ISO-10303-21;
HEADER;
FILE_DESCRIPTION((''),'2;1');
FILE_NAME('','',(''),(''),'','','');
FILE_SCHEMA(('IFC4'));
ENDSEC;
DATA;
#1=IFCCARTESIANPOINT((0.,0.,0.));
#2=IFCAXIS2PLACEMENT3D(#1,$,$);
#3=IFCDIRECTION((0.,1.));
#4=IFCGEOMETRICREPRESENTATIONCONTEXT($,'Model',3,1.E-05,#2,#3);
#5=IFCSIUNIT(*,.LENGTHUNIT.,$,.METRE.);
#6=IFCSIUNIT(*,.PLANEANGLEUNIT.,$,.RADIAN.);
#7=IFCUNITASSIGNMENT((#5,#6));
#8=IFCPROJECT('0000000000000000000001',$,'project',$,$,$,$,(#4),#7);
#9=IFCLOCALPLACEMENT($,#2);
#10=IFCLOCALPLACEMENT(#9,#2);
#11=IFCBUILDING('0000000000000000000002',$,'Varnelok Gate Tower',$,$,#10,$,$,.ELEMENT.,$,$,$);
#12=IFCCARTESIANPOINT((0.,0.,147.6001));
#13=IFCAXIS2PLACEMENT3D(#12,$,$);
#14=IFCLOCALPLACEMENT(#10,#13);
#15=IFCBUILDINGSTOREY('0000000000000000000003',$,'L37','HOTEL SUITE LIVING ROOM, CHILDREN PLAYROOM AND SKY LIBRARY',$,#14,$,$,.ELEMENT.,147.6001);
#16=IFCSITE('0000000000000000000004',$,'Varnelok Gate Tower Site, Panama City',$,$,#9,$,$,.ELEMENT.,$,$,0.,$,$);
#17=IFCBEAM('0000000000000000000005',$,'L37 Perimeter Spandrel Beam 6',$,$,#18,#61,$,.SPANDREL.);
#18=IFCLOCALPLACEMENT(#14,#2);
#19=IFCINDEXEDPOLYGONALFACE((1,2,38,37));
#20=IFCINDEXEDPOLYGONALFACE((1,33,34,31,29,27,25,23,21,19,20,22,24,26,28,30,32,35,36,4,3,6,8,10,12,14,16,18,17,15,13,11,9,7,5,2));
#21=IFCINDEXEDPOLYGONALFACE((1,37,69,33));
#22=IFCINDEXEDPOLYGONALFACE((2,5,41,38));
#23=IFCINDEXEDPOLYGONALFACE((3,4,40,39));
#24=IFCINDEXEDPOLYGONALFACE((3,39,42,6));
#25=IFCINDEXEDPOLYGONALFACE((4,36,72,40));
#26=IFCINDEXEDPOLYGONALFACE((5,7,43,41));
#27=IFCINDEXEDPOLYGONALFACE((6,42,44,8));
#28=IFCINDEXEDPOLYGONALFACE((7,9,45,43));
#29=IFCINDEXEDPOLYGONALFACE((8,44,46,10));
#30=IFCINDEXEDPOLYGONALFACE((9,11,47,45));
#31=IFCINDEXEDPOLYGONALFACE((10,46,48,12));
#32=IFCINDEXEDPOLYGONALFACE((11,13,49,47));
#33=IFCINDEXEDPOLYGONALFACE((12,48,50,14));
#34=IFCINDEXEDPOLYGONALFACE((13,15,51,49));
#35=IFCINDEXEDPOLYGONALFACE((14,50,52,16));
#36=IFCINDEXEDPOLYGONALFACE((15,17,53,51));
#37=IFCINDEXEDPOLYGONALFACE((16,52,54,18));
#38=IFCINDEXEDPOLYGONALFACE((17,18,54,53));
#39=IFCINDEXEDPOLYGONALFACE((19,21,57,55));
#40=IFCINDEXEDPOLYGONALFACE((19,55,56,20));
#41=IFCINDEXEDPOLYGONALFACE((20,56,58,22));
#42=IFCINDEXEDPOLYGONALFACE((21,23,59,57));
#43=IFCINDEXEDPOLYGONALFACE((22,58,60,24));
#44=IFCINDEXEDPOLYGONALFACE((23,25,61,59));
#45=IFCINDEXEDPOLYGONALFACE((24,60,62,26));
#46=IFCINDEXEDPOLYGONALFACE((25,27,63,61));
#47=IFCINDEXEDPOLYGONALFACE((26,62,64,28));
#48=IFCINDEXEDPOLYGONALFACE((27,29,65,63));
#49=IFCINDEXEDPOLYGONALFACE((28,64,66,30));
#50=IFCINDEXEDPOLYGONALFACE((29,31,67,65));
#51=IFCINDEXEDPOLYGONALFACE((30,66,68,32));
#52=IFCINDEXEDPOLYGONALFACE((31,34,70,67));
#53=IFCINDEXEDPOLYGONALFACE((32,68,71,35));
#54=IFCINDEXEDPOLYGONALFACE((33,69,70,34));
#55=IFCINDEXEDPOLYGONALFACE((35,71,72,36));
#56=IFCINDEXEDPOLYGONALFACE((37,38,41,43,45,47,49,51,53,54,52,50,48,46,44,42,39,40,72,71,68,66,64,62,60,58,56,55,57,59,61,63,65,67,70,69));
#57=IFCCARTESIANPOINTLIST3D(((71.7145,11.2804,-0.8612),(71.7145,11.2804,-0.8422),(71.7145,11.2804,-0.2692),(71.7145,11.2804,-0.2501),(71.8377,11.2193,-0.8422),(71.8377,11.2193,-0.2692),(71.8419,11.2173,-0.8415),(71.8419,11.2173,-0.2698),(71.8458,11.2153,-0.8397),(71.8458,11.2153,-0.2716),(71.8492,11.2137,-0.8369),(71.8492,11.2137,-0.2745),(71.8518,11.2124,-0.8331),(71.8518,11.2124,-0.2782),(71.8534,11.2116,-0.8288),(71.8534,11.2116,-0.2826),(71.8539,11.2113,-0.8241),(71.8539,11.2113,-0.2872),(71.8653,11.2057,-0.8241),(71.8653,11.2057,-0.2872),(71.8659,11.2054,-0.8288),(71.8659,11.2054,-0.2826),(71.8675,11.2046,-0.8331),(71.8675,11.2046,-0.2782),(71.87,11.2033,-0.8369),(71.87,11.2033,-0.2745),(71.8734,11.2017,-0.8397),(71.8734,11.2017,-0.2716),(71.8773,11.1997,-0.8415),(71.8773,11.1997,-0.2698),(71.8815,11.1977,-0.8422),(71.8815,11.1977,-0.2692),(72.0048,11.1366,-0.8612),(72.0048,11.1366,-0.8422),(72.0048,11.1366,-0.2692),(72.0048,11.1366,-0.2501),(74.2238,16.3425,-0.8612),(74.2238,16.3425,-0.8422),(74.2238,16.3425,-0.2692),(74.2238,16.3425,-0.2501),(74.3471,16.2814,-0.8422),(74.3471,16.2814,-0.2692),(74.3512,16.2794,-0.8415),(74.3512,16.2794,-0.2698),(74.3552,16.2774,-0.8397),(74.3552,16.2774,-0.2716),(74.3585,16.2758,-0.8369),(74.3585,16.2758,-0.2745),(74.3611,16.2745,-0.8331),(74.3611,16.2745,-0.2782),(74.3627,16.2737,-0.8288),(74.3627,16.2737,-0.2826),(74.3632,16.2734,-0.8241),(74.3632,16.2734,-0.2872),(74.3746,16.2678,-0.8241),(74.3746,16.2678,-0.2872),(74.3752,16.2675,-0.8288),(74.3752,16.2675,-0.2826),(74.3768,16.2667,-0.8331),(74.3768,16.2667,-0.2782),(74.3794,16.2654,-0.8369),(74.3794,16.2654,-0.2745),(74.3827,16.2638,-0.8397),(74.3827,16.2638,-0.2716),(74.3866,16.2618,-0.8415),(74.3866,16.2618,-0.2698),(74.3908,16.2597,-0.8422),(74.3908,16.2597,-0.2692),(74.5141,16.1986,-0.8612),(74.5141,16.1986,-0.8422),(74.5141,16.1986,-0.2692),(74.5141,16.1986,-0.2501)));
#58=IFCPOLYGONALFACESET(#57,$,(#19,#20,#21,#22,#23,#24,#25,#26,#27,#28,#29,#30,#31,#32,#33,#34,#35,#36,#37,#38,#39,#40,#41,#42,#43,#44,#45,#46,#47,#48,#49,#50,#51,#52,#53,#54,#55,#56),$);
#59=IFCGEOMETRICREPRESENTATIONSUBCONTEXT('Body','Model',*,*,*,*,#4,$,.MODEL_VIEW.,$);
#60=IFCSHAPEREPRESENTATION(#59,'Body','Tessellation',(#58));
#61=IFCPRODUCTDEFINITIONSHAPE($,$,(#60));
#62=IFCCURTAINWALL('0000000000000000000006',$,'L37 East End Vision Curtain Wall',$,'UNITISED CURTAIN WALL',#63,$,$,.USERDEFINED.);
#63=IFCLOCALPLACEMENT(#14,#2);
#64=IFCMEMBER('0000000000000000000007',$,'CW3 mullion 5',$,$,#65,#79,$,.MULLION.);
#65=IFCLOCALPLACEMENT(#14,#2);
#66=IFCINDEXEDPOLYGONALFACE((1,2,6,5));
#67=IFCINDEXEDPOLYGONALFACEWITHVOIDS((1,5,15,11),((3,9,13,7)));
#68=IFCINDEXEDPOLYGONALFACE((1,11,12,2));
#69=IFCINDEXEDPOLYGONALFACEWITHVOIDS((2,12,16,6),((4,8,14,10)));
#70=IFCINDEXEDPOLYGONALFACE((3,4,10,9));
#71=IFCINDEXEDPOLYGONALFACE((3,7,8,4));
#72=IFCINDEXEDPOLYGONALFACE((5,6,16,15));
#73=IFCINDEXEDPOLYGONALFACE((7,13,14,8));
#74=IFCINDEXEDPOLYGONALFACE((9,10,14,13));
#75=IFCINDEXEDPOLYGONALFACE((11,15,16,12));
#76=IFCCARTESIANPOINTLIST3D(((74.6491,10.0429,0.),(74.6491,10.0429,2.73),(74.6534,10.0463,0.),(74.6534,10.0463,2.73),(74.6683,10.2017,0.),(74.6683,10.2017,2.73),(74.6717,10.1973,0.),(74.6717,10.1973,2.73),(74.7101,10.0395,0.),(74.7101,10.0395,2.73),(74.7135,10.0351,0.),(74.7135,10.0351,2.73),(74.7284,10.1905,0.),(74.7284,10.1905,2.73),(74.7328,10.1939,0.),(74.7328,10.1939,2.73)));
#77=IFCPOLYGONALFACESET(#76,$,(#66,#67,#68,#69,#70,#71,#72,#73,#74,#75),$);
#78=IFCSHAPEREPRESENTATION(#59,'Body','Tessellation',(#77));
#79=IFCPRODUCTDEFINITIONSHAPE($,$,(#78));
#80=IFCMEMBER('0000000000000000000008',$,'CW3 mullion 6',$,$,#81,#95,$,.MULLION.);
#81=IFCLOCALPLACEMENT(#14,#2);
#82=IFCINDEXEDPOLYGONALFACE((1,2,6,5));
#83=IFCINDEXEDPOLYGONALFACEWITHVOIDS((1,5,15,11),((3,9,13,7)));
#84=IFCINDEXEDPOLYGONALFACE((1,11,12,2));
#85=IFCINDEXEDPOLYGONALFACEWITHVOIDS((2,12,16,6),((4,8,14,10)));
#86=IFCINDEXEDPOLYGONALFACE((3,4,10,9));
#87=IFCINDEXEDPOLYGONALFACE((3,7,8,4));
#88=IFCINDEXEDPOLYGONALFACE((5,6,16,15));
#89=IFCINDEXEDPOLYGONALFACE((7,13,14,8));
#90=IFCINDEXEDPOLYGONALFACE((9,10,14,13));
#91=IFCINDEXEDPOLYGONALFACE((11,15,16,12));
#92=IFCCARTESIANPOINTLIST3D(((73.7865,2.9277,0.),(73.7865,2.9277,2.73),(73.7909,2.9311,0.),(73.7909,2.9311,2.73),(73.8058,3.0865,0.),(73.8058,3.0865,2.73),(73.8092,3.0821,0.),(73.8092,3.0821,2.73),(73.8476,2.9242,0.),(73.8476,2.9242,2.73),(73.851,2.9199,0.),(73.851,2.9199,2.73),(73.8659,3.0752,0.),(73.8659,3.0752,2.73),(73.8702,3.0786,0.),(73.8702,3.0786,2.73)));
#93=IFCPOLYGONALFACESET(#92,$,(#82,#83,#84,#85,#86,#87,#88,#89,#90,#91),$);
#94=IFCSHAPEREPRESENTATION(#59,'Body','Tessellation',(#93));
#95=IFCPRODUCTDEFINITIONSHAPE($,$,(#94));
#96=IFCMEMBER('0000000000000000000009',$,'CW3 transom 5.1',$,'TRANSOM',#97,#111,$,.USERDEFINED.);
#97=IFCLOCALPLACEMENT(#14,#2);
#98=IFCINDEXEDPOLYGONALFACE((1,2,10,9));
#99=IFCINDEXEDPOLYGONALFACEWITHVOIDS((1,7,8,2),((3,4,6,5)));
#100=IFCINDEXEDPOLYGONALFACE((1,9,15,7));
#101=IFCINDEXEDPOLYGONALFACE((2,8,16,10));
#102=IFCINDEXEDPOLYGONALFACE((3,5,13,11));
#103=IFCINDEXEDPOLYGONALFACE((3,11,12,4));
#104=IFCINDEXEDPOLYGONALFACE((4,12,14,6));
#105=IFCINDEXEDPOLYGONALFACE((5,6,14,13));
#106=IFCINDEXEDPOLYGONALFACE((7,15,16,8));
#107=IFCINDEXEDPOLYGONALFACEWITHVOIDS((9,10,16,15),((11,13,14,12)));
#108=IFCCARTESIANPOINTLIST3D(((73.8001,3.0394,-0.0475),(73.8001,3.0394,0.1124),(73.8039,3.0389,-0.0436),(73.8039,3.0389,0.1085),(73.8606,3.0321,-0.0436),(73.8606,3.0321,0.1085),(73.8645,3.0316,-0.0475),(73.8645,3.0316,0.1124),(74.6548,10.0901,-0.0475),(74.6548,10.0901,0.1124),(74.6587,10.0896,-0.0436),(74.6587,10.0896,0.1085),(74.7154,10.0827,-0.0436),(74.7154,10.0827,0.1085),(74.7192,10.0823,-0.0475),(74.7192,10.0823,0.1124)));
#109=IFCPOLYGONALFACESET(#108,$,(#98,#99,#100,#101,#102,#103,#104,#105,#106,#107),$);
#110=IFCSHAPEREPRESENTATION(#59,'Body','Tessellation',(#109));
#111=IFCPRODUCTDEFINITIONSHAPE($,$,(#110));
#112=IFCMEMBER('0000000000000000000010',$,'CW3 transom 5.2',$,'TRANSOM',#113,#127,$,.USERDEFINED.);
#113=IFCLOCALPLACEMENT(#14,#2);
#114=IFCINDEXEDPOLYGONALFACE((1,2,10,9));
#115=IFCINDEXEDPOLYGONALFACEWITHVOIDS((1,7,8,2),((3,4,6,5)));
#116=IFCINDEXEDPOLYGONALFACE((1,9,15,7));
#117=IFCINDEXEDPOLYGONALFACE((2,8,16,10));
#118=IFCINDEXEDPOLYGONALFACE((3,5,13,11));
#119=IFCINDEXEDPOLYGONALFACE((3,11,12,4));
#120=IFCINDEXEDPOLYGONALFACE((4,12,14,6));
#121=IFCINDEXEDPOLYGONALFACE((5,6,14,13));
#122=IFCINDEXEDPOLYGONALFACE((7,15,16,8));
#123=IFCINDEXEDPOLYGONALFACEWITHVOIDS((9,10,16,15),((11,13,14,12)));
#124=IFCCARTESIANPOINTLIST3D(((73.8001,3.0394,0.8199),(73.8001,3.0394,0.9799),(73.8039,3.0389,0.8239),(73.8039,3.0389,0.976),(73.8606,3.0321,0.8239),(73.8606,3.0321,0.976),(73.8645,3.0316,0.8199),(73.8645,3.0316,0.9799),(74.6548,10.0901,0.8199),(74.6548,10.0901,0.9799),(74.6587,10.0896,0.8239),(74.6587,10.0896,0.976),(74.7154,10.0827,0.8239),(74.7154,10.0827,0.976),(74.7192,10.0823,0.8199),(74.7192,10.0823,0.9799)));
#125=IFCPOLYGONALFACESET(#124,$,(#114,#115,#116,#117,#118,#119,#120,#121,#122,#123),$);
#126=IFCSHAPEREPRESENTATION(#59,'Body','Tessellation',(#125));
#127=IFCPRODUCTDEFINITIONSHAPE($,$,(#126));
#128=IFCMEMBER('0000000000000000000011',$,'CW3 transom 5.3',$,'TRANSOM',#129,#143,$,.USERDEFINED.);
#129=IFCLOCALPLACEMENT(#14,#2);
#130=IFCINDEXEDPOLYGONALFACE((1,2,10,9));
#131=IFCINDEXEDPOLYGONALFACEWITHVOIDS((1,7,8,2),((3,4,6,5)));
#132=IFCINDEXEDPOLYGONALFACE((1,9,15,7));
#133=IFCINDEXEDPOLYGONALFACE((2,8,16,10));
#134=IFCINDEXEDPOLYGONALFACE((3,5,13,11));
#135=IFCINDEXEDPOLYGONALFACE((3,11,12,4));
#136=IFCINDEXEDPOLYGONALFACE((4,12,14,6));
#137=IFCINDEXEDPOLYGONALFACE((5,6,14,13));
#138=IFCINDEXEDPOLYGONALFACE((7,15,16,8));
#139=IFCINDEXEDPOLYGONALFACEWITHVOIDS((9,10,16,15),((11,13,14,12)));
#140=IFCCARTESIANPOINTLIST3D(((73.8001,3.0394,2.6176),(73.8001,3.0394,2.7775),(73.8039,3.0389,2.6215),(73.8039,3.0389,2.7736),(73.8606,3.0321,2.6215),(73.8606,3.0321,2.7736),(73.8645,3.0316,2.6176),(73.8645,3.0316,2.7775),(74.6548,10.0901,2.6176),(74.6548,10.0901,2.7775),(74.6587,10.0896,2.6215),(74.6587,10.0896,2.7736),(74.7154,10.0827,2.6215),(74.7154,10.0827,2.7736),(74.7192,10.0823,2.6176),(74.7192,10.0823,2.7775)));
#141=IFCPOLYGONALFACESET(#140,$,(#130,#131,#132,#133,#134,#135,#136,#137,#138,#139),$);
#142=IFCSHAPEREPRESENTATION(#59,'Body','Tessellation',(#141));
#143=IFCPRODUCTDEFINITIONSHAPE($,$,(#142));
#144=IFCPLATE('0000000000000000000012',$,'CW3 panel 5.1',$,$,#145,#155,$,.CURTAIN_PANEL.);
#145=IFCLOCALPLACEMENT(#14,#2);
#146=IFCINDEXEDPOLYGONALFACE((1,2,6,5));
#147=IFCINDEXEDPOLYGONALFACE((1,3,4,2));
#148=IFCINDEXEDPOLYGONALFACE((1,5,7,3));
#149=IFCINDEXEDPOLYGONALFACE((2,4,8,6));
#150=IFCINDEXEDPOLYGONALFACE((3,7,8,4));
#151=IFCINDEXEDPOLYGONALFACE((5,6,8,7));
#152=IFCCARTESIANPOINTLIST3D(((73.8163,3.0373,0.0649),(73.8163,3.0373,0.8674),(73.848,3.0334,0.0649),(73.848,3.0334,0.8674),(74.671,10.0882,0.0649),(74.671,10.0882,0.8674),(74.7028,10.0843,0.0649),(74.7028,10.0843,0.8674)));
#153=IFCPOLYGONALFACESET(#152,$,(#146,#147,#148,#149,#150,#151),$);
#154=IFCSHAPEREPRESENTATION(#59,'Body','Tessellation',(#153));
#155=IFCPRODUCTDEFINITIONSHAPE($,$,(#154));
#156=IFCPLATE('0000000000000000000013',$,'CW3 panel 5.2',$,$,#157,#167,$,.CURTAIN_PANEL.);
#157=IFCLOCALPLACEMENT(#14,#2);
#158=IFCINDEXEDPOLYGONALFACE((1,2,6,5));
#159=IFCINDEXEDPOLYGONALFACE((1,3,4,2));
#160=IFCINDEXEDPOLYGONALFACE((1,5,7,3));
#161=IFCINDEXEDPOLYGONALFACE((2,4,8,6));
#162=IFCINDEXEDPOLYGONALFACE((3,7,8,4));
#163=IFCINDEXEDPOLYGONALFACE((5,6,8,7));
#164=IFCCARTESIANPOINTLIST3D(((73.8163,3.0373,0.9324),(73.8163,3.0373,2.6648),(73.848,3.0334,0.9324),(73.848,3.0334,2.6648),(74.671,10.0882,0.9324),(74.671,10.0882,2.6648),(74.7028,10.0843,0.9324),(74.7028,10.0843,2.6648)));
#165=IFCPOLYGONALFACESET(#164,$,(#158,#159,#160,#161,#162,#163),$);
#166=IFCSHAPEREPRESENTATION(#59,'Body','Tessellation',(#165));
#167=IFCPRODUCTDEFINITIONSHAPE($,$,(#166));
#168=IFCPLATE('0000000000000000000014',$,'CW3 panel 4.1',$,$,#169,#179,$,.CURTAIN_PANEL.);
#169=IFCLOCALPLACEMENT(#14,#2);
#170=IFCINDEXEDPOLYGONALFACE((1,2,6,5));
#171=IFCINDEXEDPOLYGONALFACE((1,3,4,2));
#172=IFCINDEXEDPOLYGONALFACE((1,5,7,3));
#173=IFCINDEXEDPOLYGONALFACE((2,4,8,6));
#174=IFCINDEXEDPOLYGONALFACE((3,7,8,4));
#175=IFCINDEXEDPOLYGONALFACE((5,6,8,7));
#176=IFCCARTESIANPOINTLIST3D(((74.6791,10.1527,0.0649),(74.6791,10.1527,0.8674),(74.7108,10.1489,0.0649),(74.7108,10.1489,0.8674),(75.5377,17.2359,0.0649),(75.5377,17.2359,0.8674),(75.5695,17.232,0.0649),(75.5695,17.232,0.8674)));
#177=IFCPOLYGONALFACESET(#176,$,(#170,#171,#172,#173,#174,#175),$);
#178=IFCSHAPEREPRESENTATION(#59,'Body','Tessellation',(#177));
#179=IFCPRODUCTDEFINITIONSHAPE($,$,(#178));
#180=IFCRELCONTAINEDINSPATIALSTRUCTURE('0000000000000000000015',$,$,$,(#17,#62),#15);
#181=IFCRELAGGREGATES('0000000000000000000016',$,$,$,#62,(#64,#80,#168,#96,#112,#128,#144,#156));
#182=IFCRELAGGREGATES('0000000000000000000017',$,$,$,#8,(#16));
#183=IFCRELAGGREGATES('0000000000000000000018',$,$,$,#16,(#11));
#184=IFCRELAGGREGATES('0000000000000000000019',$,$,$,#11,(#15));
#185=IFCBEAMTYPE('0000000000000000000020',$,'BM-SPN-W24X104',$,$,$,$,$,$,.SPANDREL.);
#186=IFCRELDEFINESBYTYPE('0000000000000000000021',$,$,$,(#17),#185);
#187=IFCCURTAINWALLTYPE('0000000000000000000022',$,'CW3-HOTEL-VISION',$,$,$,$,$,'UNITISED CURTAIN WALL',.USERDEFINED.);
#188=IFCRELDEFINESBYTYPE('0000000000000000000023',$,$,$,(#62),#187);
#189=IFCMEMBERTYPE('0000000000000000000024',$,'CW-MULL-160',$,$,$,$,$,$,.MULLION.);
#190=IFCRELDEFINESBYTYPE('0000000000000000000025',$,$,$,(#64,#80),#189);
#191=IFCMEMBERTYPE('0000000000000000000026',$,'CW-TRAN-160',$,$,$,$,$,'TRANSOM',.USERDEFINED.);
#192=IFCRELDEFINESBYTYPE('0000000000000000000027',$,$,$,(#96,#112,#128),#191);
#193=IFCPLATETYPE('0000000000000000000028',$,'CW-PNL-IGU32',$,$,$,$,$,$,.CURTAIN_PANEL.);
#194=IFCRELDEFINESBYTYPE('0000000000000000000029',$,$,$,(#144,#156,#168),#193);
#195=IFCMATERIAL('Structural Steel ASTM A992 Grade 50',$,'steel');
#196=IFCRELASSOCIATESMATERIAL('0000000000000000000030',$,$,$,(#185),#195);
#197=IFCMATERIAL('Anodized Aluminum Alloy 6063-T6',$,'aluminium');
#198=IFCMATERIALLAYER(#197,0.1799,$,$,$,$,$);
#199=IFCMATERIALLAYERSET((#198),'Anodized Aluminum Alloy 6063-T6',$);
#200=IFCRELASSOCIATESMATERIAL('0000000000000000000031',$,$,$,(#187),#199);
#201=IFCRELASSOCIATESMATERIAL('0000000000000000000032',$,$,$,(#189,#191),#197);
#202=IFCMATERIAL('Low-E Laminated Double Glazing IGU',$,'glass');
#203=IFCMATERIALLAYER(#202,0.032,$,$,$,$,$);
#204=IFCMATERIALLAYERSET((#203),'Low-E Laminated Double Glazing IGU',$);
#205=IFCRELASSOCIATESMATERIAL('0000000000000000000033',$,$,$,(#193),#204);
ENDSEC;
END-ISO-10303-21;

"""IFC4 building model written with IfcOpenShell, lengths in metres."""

from ifc_helpers import new_model, si_unit, direction, frame, origin, origin_2d, place, context, subcontext, project, spatial, rectangle, hollow_rectangle, i_section, extrude, source, transform, mapped, material, layer, layer_set, material_profile, profile_set, type_object, element, aggregate, save


model = new_model("IFC4")

# Units and contexts
model_context = context("Model", 3, precision=1e-05, world=origin(), true_north=direction((0.0, 1.0)))
body_context = subcontext(model_context, "Body", "Model", "MODEL_VIEW")
ifc_project = project(units=[si_unit("LENGTHUNIT", "METRE"), si_unit("PLANEANGLEUNIT", "RADIAN")], contexts=[model_context])

# Site, building, storey
site_placement = place(None, origin())
site = spatial("IfcSite", under=ifc_project, at=site_placement, Name="Varnelok Gate Tower Site, Panama City", CompositionType="ELEMENT", RefElevation=0.0)
building_placement = place(site_placement, origin())
building = spatial("IfcBuilding", under=site, at=building_placement, Name="Varnelok Gate Tower", CompositionType="ELEMENT")
storey_placement = place(building_placement, frame((0.0, 0.0, 147.6001)))
storey = spatial("IfcBuildingStorey", under=building, at=storey_placement, Name="L37", Description="HOTEL SUITE LIVING ROOM, CHILDREN PLAYROOM AND SKY LIBRARY", CompositionType="ELEMENT", Elevation=147.6001)

# Shared definitions
ifc_material_1 = material(Name="Structural Steel ASTM A992 Grade 50", Category="steel")

# Beam
ifc_material_profile_1 = material_profile(ifc_material_1, i_section(OverallWidth=0.324, OverallDepth=0.6111, WebThickness=0.0127, FlangeThickness=0.019, FilletRadius=0.0181, at=origin_2d()), Name="W24X104")
ifc_profile_set_1 = profile_set([ifc_material_profile_1], Name="Structural Steel ASTM A992 Grade 50")
beam_type_1 = type_object("IfcBeamType", Name="BM-SPN-W24X104", PredefinedType="SPANDREL", material=ifc_profile_set_1)
beam_1_placement = place(storey_placement, frame((71.8596, 11.2085, -0.5557), z_axis=(0.444134, 0.89596, 0.0), x_axis=(-0.89596, 0.444134, 0.0)))
element("IfcBeam", 1, at=beam_1_placement, inside=storey, type_object=beam_type_1, Name="L37 Perimeter Spandrel Beam 6", PredefinedType="SPANDREL", context=body_context, shape_type="SweptSolid", body=[
    extrude(i_section(OverallWidth=0.324, OverallDepth=0.6111, WebThickness=0.0127, FlangeThickness=0.019, FilletRadius=0.0181, at=origin_2d()), origin(), (0.0, 0.0, 1.0), 5.6499),
])

# Curtain wall, members, plates
ifc_material_2 = material(Name="Anodized Aluminum Alloy 6063-T6", Category="aluminium")
ifc_layer_1 = layer(ifc_material_2, 0.1799)
ifc_layer_set_1 = layer_set([ifc_layer_1], Name="Anodized Aluminum Alloy 6063-T6")
curtain_wall_type = type_object("IfcCurtainWallType", Name="CW3-HOTEL-VISION", ElementType="UNITISED CURTAIN WALL", PredefinedType="USERDEFINED", material=ifc_layer_set_1)
curtain_wall_placement = place(storey_placement, origin())
curtain_wall = element("IfcCurtainWall", 2, at=curtain_wall_placement, inside=storey, type_object=curtain_wall_type, Name="L37 East End Vision Curtain Wall", ObjectType="UNITISED CURTAIN WALL", PredefinedType="USERDEFINED")
ifc_material_profile_2 = material_profile(ifc_material_2, hollow_rectangle(XDim=0.0649, YDim=0.1599, WallThickness=0.0039, at=origin_2d()), Name="ALU160X65X4")
ifc_profile_set_2 = profile_set([ifc_material_profile_2], Name="Anodized Aluminum Alloy 6063-T6")
member_type_1 = type_object("IfcMemberType", Name="CW-MULL-160", PredefinedType="MULLION", material=ifc_profile_set_2)
member_1_placement = place(storey_placement, frame((74.6909, 10.1184, 0.0), z_axis=(0.0, 0.0, 1.0), x_axis=(0.992732, -0.120347, 0.0)))
member_1 = element("IfcMember", 3, at=member_1_placement, type_object=member_type_1, Name="CW3 mullion 5", PredefinedType="MULLION", context=body_context, shape_type="SweptSolid", body=[
    extrude(hollow_rectangle(XDim=0.0649, YDim=0.1599, WallThickness=0.0039, at=origin_2d()), origin(), (0.0, 0.0, 1.0), 2.73),
])
member_2_placement = place(storey_placement, frame((73.8284, 3.0032, 0.0), z_axis=(0.0, 0.0, 1.0), x_axis=(0.992732, -0.120347, 0.0)))
member_2 = element("IfcMember", 4, at=member_2_placement, type_object=member_type_1, Name="CW3 mullion 6", PredefinedType="MULLION", context=body_context, shape_type="SweptSolid", body=[
    extrude(hollow_rectangle(XDim=0.0649, YDim=0.1599, WallThickness=0.0039, at=origin_2d()), origin(), (0.0, 0.0, 1.0), 2.73),
])
ifc_material_profile_3 = material_profile(ifc_material_2, hollow_rectangle(XDim=0.0649, YDim=0.1599, WallThickness=0.0039, at=origin_2d()), Name="ALU160X65X4")
ifc_profile_set_3 = profile_set([ifc_material_profile_3], Name="Anodized Aluminum Alloy 6063-T6")
member_type_2 = type_object("IfcMemberType", Name="CW-TRAN-160", ElementType="TRANSOM", PredefinedType="USERDEFINED", material=ifc_profile_set_3)
member_3_placement = place(storey_placement, frame((74.687, 10.0862, 0.0325), z_axis=(-0.120345, -0.992732, 0.0), x_axis=(0.992732, -0.120345, 0.0)))
member_3 = element("IfcMember", 5, at=member_3_placement, type_object=member_type_2, Name="CW3 transom 5.1", ObjectType="TRANSOM", PredefinedType="USERDEFINED", context=body_context, shape_type="SweptSolid", body=[
    extrude(hollow_rectangle(XDim=0.0649, YDim=0.1599, WallThickness=0.0039, at=origin_2d()), origin(), (0.0, 0.0, 1.0), 7.1023),
])
member_4_placement = place(storey_placement, frame((74.687, 10.0862, 0.8999), z_axis=(-0.120345, -0.992732, 0.0), x_axis=(0.992732, -0.120345, 0.0)))
member_4 = element("IfcMember", 6, at=member_4_placement, type_object=member_type_2, Name="CW3 transom 5.2", ObjectType="TRANSOM", PredefinedType="USERDEFINED", context=body_context, shape_type="SweptSolid", body=[
    extrude(hollow_rectangle(XDim=0.0649, YDim=0.1599, WallThickness=0.0039, at=origin_2d()), origin(), (0.0, 0.0, 1.0), 7.1023),
])
member_5_placement = place(storey_placement, frame((74.687, 10.0862, 2.6975), z_axis=(-0.120345, -0.992732, 0.0), x_axis=(0.992732, -0.120345, 0.0)))
member_5 = element("IfcMember", 7, at=member_5_placement, type_object=member_type_2, Name="CW3 transom 5.3", ObjectType="TRANSOM", PredefinedType="USERDEFINED", context=body_context, shape_type="SweptSolid", body=[
    extrude(hollow_rectangle(XDim=0.0649, YDim=0.1599, WallThickness=0.0039, at=origin_2d()), origin(), (0.0, 0.0, 1.0), 7.1023),
])
ifc_material_3 = material(Name="Low-E Laminated Double Glazing IGU", Category="glass")
ifc_layer_2 = layer(ifc_material_3, 0.032)
ifc_layer_set_2 = layer_set([ifc_layer_2], Name="Low-E Laminated Double Glazing IGU")
plate_type = type_object("IfcPlateType", Name="CW-PNL-IGU32", PredefinedType="CURTAIN_PANEL", material=ifc_layer_set_2)
shared_shape_1 = source(origin(), body_context, "Body", "SweptSolid", [
    extrude(rectangle(XDim=7.1025, YDim=0.032, at=origin_2d()), origin(), (0.0, 0.0, 1.0), 0.8025),
])
plate_1_placement = place(storey_placement, frame((74.2595, 6.5608, 0.0649), z_axis=(0.0, 0.0, 1.0), x_axis=(-0.120347, -0.992732, 0.0)))
plate_1 = element("IfcPlate", 8, at=plate_1_placement, type_object=plate_type, Name="CW3 panel 5.1", PredefinedType="CURTAIN_PANEL", context=body_context, shape_type="MappedRepresentation", body=[
    mapped(shared_shape_1, transform((0.0, 0.0, 0.0), scale=1.0)),
])
shared_shape_2 = source(origin(), body_context, "Body", "SweptSolid", [
    extrude(rectangle(XDim=7.1025, YDim=0.032, at=origin_2d()), origin(), (0.0, 0.0, 1.0), 1.7324),
])
plate_2_placement = place(storey_placement, frame((74.2595, 6.5608, 0.9324), z_axis=(0.0, 0.0, 1.0), x_axis=(-0.120347, -0.992732, 0.0)))
plate_2 = element("IfcPlate", 9, at=plate_2_placement, type_object=plate_type, Name="CW3 panel 5.2", PredefinedType="CURTAIN_PANEL", context=body_context, shape_type="MappedRepresentation", body=[
    mapped(shared_shape_2, transform((0.0, 0.0, 0.0), scale=1.0)),
])
shared_shape_3 = source(origin(), body_context, "Body", "SweptSolid", [
    extrude(rectangle(XDim=7.135, YDim=0.032, at=origin_2d()), origin(), (0.0, 0.0, 1.0), 0.8025),
])
plate_3_placement = place(storey_placement, frame((75.1243, 13.6924, 0.0649), z_axis=(0.0, 0.0, 1.0), x_axis=(-0.120347, -0.992732, 0.0)))
plate_3 = element("IfcPlate", 10, at=plate_3_placement, type_object=plate_type, Name="CW3 panel 4.1", PredefinedType="CURTAIN_PANEL", context=body_context, shape_type="MappedRepresentation", body=[
    mapped(shared_shape_3, transform((0.0, 0.0, 0.0), scale=1.0)),
])
aggregate(curtain_wall, [member_1, member_2, plate_3, member_3, member_4, member_5, plate_1, plate_2])

save(model, "model.ifc")
